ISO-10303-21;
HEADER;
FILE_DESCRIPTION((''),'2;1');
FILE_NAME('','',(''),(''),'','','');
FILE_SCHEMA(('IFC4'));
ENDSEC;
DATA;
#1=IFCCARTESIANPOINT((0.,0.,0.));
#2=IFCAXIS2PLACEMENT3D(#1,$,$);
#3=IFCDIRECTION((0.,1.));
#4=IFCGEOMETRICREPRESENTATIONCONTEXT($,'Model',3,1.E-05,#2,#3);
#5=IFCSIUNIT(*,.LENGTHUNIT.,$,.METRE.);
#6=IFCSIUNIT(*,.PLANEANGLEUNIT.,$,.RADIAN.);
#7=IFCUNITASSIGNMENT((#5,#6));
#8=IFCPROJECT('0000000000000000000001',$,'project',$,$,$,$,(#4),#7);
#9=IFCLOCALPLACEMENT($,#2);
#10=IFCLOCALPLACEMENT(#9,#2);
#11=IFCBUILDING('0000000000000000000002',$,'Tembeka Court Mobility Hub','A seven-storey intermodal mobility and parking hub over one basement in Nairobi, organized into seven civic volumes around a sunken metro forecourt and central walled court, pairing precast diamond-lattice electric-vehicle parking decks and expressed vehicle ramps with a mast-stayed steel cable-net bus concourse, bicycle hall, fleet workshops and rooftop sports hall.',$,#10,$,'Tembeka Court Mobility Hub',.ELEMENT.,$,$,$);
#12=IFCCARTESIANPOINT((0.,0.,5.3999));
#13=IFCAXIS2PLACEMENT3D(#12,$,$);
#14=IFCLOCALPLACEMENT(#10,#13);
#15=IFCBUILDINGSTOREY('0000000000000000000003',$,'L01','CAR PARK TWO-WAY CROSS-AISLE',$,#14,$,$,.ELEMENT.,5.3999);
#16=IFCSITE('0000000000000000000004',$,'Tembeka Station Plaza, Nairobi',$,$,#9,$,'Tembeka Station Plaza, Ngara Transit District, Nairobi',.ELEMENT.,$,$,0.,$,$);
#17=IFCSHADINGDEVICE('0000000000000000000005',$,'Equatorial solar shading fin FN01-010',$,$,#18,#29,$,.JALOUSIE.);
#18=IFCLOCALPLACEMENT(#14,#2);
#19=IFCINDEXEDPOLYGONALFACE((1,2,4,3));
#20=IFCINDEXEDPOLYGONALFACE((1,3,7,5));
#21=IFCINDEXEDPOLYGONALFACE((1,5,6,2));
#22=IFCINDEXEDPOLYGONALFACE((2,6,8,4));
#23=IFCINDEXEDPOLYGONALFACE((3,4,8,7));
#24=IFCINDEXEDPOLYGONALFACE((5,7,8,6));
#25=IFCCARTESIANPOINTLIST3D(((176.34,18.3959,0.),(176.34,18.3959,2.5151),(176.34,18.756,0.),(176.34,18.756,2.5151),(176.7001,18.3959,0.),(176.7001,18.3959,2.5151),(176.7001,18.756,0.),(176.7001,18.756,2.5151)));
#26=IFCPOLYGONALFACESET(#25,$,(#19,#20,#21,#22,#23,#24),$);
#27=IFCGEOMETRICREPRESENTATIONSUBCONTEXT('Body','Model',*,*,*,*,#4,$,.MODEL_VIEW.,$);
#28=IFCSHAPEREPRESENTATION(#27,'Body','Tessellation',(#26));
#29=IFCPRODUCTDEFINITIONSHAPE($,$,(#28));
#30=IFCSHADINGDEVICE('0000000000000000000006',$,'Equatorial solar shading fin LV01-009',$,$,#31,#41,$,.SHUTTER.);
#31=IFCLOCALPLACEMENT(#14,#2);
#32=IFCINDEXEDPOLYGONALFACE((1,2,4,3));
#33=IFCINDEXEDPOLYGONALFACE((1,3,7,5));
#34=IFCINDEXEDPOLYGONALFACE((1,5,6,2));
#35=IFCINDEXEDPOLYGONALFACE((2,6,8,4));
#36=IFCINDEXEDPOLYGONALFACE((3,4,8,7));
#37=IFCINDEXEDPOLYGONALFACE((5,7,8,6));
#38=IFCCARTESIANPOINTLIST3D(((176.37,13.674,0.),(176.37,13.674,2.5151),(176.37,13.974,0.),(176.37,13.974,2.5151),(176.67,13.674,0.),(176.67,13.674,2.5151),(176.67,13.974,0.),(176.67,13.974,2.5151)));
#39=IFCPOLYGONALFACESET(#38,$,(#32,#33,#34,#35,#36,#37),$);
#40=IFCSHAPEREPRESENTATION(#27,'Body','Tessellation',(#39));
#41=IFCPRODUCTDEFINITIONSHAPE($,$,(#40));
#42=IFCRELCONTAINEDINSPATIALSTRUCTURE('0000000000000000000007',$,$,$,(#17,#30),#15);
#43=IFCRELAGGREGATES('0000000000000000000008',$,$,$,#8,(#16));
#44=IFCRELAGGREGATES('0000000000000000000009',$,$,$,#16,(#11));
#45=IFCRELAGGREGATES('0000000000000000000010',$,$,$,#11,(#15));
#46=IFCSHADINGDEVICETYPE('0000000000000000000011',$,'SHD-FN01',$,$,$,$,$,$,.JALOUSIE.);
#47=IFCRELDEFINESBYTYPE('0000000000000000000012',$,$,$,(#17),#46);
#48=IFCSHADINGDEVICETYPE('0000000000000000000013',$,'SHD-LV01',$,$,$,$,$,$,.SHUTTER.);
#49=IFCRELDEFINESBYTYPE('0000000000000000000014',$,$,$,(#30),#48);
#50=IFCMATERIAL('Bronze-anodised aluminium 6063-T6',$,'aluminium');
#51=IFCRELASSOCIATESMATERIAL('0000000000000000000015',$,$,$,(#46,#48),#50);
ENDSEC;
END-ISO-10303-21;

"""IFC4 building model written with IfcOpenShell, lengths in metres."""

from ifc_helpers import new_model, si_unit, direction, frame, origin, origin_2d, place, context, subcontext, project, spatial, rectangle, extrude, material, material_profile, profile_set, type_object, element, save


model = new_model("IFC4")

# Units and contexts
model_context = context("Model", 3, precision=1e-05, world=origin(), true_north=direction((0.0, 1.0)))
body_context = subcontext(model_context, "Body", "Model", "MODEL_VIEW")
ifc_project = project(units=[si_unit("LENGTHUNIT", "METRE"), si_unit("PLANEANGLEUNIT", "RADIAN")], contexts=[model_context])

# Site, building, storey
site_placement = place(None, origin())
site = spatial("IfcSite", under=ifc_project, at=site_placement, Name="Tembeka Station Plaza, Nairobi", LongName="Tembeka Station Plaza, Ngara Transit District, Nairobi", CompositionType="ELEMENT", RefElevation=0.0)
building_placement = place(site_placement, origin())
building = spatial("IfcBuilding", under=site, at=building_placement, Name="Tembeka Court Mobility Hub", Description="A seven-storey intermodal mobility and parking hub over one basement in Nairobi, organized into seven civic volumes around a sunken metro forecourt and central walled court, pairing precast diamond-lattice electric-vehicle parking decks and expressed vehicle ramps with a mast-stayed steel cable-net bus concourse, bicycle hall, fleet workshops and rooftop sports hall.", LongName="Tembeka Court Mobility Hub", CompositionType="ELEMENT")
storey_placement = place(building_placement, frame((0.0, 0.0, 5.3999)))
storey = spatial("IfcBuildingStorey", under=building, at=storey_placement, Name="L01", Description="CAR PARK TWO-WAY CROSS-AISLE", CompositionType="ELEMENT", Elevation=5.3999)

# Shading devices
ifc_material_1 = material(Name="Bronze-anodised aluminium 6063-T6", Category="aluminium")
ifc_material_profile_1 = material_profile(ifc_material_1, rectangle(XDim=0.3601, YDim=0.3601, at=origin_2d()), Name="ALU-FIN 360x360")
ifc_profile_set_1 = profile_set([ifc_material_profile_1], Name="Bronze-anodised aluminium 6063-T6")
shading_device_type_1 = type_object("IfcShadingDeviceType", Name="SHD-FN01", PredefinedType="JALOUSIE", material=ifc_profile_set_1)
shading_device_1_placement = place(storey_placement, frame((176.52, 18.5759, 0.0), z_axis=(0.0, 0.0, 1.0), x_axis=(1.0, 0.0, 0.0)))
element("IfcShadingDevice", 1, at=shading_device_1_placement, inside=storey, type_object=shading_device_type_1, Name="Equatorial solar shading fin FN01-010", PredefinedType="JALOUSIE", context=body_context, shape_type="SweptSolid", body=[
    extrude(rectangle(XDim=0.3601, YDim=0.3601, at=origin_2d()), origin(), (0.0, 0.0, 1.0), 2.5151),
])
ifc_material_profile_2 = material_profile(ifc_material_1, rectangle(XDim=0.3, YDim=0.3, at=origin_2d()), Name="ALU-LVR 300x300")
ifc_profile_set_2 = profile_set([ifc_material_profile_2], Name="Bronze-anodised aluminium 6063-T6")
shading_device_type_2 = type_object("IfcShadingDeviceType", Name="SHD-LV01", PredefinedType="SHUTTER", material=ifc_profile_set_2)
shading_device_2_placement = place(storey_placement, frame((176.52, 13.824, 0.0), z_axis=(0.0, 0.0, 1.0), x_axis=(1.0, 0.0, 0.0)))
element("IfcShadingDevice", 2, at=shading_device_2_placement, inside=storey, type_object=shading_device_type_2, Name="Equatorial solar shading fin LV01-009", PredefinedType="SHUTTER", context=body_context, shape_type="SweptSolid", body=[
    extrude(rectangle(XDim=0.3, YDim=0.3, at=origin_2d()), origin(), (0.0, 0.0, 1.0), 2.5151),
])

save(model, "model.ifc")
